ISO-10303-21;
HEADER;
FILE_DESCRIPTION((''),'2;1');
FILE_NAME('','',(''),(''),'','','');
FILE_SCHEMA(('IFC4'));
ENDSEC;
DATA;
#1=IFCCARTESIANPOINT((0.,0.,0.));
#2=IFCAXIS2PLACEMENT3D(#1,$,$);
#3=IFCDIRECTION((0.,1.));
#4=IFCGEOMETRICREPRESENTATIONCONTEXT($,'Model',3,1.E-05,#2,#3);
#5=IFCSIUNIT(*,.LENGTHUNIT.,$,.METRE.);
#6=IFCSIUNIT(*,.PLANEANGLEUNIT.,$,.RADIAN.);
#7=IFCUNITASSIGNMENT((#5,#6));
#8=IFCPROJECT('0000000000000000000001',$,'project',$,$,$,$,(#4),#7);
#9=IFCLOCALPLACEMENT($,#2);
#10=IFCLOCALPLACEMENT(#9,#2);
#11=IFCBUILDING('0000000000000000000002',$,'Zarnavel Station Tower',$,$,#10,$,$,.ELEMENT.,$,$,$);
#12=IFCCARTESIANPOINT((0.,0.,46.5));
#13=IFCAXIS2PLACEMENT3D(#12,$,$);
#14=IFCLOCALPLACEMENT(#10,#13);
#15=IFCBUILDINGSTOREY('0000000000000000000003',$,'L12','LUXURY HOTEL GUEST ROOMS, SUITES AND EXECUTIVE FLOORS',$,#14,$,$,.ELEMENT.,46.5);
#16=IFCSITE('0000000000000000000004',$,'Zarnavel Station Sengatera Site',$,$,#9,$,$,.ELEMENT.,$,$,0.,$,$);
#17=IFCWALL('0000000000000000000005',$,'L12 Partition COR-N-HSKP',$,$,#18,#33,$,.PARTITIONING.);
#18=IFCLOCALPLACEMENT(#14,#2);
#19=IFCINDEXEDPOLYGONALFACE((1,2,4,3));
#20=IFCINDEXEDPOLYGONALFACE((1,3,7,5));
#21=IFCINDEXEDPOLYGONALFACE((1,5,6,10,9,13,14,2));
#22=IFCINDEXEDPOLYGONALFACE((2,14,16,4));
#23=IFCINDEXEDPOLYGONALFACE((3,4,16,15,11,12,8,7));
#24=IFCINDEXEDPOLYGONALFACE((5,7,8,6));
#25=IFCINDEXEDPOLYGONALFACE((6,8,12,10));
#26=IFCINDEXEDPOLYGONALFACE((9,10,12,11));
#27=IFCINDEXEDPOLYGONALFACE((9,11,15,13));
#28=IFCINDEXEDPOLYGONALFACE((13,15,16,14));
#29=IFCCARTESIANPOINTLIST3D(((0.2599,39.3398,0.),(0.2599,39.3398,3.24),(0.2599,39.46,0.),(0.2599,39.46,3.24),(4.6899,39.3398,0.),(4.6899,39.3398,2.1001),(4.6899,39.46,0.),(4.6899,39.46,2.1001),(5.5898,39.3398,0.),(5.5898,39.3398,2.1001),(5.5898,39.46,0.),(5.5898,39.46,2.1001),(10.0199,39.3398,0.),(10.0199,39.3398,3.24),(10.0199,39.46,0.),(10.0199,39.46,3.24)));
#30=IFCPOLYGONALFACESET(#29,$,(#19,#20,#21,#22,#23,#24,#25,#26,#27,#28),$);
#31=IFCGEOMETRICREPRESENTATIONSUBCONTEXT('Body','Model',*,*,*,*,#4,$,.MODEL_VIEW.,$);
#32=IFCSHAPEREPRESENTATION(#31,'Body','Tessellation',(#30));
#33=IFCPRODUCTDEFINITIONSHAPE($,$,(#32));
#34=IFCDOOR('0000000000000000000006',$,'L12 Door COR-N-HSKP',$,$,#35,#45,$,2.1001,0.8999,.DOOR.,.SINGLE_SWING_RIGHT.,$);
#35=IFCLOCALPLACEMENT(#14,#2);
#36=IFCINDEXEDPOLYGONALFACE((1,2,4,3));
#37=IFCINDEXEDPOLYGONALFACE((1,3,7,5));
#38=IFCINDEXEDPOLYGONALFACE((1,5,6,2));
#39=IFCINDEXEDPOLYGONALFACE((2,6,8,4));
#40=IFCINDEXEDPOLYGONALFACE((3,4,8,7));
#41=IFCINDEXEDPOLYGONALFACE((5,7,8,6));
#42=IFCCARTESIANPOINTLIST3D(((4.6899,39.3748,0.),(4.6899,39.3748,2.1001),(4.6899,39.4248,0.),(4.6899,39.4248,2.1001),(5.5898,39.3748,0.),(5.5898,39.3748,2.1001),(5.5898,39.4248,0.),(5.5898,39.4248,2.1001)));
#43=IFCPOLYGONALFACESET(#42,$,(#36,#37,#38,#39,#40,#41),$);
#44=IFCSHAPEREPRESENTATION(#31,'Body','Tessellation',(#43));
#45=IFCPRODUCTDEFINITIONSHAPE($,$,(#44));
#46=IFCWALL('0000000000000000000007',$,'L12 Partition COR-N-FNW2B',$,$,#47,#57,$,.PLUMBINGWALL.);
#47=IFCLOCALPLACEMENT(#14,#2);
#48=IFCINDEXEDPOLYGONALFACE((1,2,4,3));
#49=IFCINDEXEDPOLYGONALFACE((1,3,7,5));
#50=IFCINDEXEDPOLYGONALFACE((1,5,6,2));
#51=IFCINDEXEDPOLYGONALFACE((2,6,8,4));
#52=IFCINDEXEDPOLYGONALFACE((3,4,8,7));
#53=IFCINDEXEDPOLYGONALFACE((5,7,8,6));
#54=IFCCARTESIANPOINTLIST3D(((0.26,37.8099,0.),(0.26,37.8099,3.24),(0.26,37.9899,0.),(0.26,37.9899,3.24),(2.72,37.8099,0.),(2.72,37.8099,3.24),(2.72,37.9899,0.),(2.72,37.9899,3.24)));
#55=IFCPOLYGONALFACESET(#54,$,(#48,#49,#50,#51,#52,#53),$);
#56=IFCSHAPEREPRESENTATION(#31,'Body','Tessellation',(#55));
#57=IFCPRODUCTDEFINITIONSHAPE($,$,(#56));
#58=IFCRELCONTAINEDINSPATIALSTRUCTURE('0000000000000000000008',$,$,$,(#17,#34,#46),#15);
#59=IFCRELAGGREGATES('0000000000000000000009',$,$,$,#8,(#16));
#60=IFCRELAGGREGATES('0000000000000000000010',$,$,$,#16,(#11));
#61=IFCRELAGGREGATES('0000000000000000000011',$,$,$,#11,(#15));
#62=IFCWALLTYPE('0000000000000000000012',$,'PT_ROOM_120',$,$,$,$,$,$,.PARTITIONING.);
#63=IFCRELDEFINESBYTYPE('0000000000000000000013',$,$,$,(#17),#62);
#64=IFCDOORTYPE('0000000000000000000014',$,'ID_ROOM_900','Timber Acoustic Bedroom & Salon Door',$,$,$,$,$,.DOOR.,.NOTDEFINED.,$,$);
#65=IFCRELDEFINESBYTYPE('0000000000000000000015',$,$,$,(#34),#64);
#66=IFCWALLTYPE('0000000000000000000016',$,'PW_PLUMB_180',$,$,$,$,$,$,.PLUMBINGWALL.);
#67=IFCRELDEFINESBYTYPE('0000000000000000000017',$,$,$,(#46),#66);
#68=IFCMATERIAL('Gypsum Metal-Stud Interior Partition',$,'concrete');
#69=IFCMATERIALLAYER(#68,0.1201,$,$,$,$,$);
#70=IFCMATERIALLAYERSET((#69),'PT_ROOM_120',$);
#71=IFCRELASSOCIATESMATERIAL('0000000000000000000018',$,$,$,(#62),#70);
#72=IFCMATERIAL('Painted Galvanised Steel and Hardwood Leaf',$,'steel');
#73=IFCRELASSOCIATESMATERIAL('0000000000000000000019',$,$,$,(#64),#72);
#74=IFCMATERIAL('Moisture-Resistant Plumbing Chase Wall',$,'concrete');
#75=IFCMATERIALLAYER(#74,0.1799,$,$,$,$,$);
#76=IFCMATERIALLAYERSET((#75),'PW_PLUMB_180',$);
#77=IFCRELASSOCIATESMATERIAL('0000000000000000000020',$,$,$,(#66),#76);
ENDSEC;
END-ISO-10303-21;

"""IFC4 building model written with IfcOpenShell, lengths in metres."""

from ifc_helpers import new_model, si_unit, direction, frame, frame_2d, origin, place, context, subcontext, project, spatial, rectangle, extrude, material, layer, layer_set, type_object, element, fill, save


model = new_model("IFC4")

# Units and contexts
model_context = context("Model", 3, precision=1e-05, world=origin(), true_north=direction((0.0, 1.0)))
body_context = subcontext(model_context, "Body", "Model", "MODEL_VIEW")
ifc_project = project(units=[si_unit("LENGTHUNIT", "METRE"), si_unit("PLANEANGLEUNIT", "RADIAN")], contexts=[model_context])

# Site, building, storey
site_placement = place(None, origin())
site = spatial("IfcSite", under=ifc_project, at=site_placement, Name="Zarnavel Station Sengatera Site", CompositionType="ELEMENT", RefElevation=0.0)
building_placement = place(site_placement, origin())
building = spatial("IfcBuilding", under=site, at=building_placement, Name="Zarnavel Station Tower", CompositionType="ELEMENT")
storey_placement = place(building_placement, frame((0.0, 0.0, 46.5)))
storey = spatial("IfcBuildingStorey", under=building, at=storey_placement, Name="L12", Description="LUXURY HOTEL GUEST ROOMS, SUITES AND EXECUTIVE FLOORS", CompositionType="ELEMENT", Elevation=46.5)

# Wall, opening, door
ifc_material_1 = material(Name="Gypsum Metal-Stud Interior Partition", Category="concrete")
ifc_layer_1 = layer(ifc_material_1, 0.1201)
ifc_layer_set_1 = layer_set([ifc_layer_1], Name="PT_ROOM_120")
wall_type_1 = type_object("IfcWallType", Name="PT_ROOM_120", PredefinedType="PARTITIONING", material=ifc_layer_set_1)
wall_1_placement = place(storey_placement, frame((0.26, 39.3999, 0.0), z_axis=(0.0, 0.0, 1.0), x_axis=(1.0, 0.0, 0.0)))
wall_1 = element("IfcWall", 1, at=wall_1_placement, inside=storey, type_object=wall_type_1, Name="L12 Partition COR-N-HSKP", PredefinedType="PARTITIONING", context=body_context, shape_type="SweptSolid", body=[
    extrude(rectangle(XDim=9.76, YDim=0.1201, at=frame_2d((4.8799, 0.0))), origin(), (0.0, 0.0, 1.0), 3.24),
])
opening_1_placement = place(wall_1_placement, frame((4.4299, 0.0, 0.0)))
opening_1 = element("IfcOpeningElement", 2, at=opening_1_placement, cuts=wall_1, PredefinedType="OPENING", context=body_context, shape_type="SweptSolid", body=[
    extrude(rectangle(XDim=0.8999, YDim=2.1001, at=frame_2d((0.45, 1.05))), frame((0.0, 0.0701, 0.0), z_axis=(0.0, -1.0, 0.0), x_axis=(1.0, 0.0, 0.0)), (0.0, 0.0, 1.0), 0.1401),
])
ifc_material_2 = material(Name="Painted Galvanised Steel and Hardwood Leaf", Category="steel")
door_type = type_object("IfcDoorType", Name="ID_ROOM_900", Description="Timber Acoustic Bedroom & Salon Door", OperationType="NOTDEFINED", PredefinedType="DOOR", material=ifc_material_2)
door_placement = place(opening_1_placement, origin())
door = element("IfcDoor", 3, at=door_placement, inside=storey, type_object=door_type, Name="L12 Door COR-N-HSKP", OperationType="SINGLE_SWING_RIGHT", OverallHeight=2.1001, OverallWidth=0.8999, PredefinedType="DOOR", context=body_context, shape_type="SweptSolid", body=[
    extrude(rectangle(XDim=0.8999, YDim=2.1001, at=frame_2d((0.45, 1.05))), frame((0.0, 0.0249, 0.0), z_axis=(0.0, -1.0, 0.0), x_axis=(1.0, 0.0, 0.0)), (0.0, 0.0, 1.0), 0.05),
])
fill(opening_1, door)

# Wall
ifc_material_3 = material(Name="Moisture-Resistant Plumbing Chase Wall", Category="concrete")
ifc_layer_2 = layer(ifc_material_3, 0.1799)
ifc_layer_set_2 = layer_set([ifc_layer_2], Name="PW_PLUMB_180")
wall_type_2 = type_object("IfcWallType", Name="PW_PLUMB_180", PredefinedType="PLUMBINGWALL", material=ifc_layer_set_2)
wall_2_placement = place(storey_placement, frame((0.26, 37.8999, 0.0), z_axis=(0.0, 0.0, 1.0), x_axis=(1.0, 0.0, 0.0)))
element("IfcWall", 4, at=wall_2_placement, inside=storey, type_object=wall_type_2, Name="L12 Partition COR-N-FNW2B", PredefinedType="PLUMBINGWALL", context=body_context, shape_type="SweptSolid", body=[
    extrude(rectangle(XDim=2.46, YDim=0.1799, at=frame_2d((1.23, 0.0))), origin(), (0.0, 0.0, 1.0), 3.24),
])

save(model, "model.ifc")
